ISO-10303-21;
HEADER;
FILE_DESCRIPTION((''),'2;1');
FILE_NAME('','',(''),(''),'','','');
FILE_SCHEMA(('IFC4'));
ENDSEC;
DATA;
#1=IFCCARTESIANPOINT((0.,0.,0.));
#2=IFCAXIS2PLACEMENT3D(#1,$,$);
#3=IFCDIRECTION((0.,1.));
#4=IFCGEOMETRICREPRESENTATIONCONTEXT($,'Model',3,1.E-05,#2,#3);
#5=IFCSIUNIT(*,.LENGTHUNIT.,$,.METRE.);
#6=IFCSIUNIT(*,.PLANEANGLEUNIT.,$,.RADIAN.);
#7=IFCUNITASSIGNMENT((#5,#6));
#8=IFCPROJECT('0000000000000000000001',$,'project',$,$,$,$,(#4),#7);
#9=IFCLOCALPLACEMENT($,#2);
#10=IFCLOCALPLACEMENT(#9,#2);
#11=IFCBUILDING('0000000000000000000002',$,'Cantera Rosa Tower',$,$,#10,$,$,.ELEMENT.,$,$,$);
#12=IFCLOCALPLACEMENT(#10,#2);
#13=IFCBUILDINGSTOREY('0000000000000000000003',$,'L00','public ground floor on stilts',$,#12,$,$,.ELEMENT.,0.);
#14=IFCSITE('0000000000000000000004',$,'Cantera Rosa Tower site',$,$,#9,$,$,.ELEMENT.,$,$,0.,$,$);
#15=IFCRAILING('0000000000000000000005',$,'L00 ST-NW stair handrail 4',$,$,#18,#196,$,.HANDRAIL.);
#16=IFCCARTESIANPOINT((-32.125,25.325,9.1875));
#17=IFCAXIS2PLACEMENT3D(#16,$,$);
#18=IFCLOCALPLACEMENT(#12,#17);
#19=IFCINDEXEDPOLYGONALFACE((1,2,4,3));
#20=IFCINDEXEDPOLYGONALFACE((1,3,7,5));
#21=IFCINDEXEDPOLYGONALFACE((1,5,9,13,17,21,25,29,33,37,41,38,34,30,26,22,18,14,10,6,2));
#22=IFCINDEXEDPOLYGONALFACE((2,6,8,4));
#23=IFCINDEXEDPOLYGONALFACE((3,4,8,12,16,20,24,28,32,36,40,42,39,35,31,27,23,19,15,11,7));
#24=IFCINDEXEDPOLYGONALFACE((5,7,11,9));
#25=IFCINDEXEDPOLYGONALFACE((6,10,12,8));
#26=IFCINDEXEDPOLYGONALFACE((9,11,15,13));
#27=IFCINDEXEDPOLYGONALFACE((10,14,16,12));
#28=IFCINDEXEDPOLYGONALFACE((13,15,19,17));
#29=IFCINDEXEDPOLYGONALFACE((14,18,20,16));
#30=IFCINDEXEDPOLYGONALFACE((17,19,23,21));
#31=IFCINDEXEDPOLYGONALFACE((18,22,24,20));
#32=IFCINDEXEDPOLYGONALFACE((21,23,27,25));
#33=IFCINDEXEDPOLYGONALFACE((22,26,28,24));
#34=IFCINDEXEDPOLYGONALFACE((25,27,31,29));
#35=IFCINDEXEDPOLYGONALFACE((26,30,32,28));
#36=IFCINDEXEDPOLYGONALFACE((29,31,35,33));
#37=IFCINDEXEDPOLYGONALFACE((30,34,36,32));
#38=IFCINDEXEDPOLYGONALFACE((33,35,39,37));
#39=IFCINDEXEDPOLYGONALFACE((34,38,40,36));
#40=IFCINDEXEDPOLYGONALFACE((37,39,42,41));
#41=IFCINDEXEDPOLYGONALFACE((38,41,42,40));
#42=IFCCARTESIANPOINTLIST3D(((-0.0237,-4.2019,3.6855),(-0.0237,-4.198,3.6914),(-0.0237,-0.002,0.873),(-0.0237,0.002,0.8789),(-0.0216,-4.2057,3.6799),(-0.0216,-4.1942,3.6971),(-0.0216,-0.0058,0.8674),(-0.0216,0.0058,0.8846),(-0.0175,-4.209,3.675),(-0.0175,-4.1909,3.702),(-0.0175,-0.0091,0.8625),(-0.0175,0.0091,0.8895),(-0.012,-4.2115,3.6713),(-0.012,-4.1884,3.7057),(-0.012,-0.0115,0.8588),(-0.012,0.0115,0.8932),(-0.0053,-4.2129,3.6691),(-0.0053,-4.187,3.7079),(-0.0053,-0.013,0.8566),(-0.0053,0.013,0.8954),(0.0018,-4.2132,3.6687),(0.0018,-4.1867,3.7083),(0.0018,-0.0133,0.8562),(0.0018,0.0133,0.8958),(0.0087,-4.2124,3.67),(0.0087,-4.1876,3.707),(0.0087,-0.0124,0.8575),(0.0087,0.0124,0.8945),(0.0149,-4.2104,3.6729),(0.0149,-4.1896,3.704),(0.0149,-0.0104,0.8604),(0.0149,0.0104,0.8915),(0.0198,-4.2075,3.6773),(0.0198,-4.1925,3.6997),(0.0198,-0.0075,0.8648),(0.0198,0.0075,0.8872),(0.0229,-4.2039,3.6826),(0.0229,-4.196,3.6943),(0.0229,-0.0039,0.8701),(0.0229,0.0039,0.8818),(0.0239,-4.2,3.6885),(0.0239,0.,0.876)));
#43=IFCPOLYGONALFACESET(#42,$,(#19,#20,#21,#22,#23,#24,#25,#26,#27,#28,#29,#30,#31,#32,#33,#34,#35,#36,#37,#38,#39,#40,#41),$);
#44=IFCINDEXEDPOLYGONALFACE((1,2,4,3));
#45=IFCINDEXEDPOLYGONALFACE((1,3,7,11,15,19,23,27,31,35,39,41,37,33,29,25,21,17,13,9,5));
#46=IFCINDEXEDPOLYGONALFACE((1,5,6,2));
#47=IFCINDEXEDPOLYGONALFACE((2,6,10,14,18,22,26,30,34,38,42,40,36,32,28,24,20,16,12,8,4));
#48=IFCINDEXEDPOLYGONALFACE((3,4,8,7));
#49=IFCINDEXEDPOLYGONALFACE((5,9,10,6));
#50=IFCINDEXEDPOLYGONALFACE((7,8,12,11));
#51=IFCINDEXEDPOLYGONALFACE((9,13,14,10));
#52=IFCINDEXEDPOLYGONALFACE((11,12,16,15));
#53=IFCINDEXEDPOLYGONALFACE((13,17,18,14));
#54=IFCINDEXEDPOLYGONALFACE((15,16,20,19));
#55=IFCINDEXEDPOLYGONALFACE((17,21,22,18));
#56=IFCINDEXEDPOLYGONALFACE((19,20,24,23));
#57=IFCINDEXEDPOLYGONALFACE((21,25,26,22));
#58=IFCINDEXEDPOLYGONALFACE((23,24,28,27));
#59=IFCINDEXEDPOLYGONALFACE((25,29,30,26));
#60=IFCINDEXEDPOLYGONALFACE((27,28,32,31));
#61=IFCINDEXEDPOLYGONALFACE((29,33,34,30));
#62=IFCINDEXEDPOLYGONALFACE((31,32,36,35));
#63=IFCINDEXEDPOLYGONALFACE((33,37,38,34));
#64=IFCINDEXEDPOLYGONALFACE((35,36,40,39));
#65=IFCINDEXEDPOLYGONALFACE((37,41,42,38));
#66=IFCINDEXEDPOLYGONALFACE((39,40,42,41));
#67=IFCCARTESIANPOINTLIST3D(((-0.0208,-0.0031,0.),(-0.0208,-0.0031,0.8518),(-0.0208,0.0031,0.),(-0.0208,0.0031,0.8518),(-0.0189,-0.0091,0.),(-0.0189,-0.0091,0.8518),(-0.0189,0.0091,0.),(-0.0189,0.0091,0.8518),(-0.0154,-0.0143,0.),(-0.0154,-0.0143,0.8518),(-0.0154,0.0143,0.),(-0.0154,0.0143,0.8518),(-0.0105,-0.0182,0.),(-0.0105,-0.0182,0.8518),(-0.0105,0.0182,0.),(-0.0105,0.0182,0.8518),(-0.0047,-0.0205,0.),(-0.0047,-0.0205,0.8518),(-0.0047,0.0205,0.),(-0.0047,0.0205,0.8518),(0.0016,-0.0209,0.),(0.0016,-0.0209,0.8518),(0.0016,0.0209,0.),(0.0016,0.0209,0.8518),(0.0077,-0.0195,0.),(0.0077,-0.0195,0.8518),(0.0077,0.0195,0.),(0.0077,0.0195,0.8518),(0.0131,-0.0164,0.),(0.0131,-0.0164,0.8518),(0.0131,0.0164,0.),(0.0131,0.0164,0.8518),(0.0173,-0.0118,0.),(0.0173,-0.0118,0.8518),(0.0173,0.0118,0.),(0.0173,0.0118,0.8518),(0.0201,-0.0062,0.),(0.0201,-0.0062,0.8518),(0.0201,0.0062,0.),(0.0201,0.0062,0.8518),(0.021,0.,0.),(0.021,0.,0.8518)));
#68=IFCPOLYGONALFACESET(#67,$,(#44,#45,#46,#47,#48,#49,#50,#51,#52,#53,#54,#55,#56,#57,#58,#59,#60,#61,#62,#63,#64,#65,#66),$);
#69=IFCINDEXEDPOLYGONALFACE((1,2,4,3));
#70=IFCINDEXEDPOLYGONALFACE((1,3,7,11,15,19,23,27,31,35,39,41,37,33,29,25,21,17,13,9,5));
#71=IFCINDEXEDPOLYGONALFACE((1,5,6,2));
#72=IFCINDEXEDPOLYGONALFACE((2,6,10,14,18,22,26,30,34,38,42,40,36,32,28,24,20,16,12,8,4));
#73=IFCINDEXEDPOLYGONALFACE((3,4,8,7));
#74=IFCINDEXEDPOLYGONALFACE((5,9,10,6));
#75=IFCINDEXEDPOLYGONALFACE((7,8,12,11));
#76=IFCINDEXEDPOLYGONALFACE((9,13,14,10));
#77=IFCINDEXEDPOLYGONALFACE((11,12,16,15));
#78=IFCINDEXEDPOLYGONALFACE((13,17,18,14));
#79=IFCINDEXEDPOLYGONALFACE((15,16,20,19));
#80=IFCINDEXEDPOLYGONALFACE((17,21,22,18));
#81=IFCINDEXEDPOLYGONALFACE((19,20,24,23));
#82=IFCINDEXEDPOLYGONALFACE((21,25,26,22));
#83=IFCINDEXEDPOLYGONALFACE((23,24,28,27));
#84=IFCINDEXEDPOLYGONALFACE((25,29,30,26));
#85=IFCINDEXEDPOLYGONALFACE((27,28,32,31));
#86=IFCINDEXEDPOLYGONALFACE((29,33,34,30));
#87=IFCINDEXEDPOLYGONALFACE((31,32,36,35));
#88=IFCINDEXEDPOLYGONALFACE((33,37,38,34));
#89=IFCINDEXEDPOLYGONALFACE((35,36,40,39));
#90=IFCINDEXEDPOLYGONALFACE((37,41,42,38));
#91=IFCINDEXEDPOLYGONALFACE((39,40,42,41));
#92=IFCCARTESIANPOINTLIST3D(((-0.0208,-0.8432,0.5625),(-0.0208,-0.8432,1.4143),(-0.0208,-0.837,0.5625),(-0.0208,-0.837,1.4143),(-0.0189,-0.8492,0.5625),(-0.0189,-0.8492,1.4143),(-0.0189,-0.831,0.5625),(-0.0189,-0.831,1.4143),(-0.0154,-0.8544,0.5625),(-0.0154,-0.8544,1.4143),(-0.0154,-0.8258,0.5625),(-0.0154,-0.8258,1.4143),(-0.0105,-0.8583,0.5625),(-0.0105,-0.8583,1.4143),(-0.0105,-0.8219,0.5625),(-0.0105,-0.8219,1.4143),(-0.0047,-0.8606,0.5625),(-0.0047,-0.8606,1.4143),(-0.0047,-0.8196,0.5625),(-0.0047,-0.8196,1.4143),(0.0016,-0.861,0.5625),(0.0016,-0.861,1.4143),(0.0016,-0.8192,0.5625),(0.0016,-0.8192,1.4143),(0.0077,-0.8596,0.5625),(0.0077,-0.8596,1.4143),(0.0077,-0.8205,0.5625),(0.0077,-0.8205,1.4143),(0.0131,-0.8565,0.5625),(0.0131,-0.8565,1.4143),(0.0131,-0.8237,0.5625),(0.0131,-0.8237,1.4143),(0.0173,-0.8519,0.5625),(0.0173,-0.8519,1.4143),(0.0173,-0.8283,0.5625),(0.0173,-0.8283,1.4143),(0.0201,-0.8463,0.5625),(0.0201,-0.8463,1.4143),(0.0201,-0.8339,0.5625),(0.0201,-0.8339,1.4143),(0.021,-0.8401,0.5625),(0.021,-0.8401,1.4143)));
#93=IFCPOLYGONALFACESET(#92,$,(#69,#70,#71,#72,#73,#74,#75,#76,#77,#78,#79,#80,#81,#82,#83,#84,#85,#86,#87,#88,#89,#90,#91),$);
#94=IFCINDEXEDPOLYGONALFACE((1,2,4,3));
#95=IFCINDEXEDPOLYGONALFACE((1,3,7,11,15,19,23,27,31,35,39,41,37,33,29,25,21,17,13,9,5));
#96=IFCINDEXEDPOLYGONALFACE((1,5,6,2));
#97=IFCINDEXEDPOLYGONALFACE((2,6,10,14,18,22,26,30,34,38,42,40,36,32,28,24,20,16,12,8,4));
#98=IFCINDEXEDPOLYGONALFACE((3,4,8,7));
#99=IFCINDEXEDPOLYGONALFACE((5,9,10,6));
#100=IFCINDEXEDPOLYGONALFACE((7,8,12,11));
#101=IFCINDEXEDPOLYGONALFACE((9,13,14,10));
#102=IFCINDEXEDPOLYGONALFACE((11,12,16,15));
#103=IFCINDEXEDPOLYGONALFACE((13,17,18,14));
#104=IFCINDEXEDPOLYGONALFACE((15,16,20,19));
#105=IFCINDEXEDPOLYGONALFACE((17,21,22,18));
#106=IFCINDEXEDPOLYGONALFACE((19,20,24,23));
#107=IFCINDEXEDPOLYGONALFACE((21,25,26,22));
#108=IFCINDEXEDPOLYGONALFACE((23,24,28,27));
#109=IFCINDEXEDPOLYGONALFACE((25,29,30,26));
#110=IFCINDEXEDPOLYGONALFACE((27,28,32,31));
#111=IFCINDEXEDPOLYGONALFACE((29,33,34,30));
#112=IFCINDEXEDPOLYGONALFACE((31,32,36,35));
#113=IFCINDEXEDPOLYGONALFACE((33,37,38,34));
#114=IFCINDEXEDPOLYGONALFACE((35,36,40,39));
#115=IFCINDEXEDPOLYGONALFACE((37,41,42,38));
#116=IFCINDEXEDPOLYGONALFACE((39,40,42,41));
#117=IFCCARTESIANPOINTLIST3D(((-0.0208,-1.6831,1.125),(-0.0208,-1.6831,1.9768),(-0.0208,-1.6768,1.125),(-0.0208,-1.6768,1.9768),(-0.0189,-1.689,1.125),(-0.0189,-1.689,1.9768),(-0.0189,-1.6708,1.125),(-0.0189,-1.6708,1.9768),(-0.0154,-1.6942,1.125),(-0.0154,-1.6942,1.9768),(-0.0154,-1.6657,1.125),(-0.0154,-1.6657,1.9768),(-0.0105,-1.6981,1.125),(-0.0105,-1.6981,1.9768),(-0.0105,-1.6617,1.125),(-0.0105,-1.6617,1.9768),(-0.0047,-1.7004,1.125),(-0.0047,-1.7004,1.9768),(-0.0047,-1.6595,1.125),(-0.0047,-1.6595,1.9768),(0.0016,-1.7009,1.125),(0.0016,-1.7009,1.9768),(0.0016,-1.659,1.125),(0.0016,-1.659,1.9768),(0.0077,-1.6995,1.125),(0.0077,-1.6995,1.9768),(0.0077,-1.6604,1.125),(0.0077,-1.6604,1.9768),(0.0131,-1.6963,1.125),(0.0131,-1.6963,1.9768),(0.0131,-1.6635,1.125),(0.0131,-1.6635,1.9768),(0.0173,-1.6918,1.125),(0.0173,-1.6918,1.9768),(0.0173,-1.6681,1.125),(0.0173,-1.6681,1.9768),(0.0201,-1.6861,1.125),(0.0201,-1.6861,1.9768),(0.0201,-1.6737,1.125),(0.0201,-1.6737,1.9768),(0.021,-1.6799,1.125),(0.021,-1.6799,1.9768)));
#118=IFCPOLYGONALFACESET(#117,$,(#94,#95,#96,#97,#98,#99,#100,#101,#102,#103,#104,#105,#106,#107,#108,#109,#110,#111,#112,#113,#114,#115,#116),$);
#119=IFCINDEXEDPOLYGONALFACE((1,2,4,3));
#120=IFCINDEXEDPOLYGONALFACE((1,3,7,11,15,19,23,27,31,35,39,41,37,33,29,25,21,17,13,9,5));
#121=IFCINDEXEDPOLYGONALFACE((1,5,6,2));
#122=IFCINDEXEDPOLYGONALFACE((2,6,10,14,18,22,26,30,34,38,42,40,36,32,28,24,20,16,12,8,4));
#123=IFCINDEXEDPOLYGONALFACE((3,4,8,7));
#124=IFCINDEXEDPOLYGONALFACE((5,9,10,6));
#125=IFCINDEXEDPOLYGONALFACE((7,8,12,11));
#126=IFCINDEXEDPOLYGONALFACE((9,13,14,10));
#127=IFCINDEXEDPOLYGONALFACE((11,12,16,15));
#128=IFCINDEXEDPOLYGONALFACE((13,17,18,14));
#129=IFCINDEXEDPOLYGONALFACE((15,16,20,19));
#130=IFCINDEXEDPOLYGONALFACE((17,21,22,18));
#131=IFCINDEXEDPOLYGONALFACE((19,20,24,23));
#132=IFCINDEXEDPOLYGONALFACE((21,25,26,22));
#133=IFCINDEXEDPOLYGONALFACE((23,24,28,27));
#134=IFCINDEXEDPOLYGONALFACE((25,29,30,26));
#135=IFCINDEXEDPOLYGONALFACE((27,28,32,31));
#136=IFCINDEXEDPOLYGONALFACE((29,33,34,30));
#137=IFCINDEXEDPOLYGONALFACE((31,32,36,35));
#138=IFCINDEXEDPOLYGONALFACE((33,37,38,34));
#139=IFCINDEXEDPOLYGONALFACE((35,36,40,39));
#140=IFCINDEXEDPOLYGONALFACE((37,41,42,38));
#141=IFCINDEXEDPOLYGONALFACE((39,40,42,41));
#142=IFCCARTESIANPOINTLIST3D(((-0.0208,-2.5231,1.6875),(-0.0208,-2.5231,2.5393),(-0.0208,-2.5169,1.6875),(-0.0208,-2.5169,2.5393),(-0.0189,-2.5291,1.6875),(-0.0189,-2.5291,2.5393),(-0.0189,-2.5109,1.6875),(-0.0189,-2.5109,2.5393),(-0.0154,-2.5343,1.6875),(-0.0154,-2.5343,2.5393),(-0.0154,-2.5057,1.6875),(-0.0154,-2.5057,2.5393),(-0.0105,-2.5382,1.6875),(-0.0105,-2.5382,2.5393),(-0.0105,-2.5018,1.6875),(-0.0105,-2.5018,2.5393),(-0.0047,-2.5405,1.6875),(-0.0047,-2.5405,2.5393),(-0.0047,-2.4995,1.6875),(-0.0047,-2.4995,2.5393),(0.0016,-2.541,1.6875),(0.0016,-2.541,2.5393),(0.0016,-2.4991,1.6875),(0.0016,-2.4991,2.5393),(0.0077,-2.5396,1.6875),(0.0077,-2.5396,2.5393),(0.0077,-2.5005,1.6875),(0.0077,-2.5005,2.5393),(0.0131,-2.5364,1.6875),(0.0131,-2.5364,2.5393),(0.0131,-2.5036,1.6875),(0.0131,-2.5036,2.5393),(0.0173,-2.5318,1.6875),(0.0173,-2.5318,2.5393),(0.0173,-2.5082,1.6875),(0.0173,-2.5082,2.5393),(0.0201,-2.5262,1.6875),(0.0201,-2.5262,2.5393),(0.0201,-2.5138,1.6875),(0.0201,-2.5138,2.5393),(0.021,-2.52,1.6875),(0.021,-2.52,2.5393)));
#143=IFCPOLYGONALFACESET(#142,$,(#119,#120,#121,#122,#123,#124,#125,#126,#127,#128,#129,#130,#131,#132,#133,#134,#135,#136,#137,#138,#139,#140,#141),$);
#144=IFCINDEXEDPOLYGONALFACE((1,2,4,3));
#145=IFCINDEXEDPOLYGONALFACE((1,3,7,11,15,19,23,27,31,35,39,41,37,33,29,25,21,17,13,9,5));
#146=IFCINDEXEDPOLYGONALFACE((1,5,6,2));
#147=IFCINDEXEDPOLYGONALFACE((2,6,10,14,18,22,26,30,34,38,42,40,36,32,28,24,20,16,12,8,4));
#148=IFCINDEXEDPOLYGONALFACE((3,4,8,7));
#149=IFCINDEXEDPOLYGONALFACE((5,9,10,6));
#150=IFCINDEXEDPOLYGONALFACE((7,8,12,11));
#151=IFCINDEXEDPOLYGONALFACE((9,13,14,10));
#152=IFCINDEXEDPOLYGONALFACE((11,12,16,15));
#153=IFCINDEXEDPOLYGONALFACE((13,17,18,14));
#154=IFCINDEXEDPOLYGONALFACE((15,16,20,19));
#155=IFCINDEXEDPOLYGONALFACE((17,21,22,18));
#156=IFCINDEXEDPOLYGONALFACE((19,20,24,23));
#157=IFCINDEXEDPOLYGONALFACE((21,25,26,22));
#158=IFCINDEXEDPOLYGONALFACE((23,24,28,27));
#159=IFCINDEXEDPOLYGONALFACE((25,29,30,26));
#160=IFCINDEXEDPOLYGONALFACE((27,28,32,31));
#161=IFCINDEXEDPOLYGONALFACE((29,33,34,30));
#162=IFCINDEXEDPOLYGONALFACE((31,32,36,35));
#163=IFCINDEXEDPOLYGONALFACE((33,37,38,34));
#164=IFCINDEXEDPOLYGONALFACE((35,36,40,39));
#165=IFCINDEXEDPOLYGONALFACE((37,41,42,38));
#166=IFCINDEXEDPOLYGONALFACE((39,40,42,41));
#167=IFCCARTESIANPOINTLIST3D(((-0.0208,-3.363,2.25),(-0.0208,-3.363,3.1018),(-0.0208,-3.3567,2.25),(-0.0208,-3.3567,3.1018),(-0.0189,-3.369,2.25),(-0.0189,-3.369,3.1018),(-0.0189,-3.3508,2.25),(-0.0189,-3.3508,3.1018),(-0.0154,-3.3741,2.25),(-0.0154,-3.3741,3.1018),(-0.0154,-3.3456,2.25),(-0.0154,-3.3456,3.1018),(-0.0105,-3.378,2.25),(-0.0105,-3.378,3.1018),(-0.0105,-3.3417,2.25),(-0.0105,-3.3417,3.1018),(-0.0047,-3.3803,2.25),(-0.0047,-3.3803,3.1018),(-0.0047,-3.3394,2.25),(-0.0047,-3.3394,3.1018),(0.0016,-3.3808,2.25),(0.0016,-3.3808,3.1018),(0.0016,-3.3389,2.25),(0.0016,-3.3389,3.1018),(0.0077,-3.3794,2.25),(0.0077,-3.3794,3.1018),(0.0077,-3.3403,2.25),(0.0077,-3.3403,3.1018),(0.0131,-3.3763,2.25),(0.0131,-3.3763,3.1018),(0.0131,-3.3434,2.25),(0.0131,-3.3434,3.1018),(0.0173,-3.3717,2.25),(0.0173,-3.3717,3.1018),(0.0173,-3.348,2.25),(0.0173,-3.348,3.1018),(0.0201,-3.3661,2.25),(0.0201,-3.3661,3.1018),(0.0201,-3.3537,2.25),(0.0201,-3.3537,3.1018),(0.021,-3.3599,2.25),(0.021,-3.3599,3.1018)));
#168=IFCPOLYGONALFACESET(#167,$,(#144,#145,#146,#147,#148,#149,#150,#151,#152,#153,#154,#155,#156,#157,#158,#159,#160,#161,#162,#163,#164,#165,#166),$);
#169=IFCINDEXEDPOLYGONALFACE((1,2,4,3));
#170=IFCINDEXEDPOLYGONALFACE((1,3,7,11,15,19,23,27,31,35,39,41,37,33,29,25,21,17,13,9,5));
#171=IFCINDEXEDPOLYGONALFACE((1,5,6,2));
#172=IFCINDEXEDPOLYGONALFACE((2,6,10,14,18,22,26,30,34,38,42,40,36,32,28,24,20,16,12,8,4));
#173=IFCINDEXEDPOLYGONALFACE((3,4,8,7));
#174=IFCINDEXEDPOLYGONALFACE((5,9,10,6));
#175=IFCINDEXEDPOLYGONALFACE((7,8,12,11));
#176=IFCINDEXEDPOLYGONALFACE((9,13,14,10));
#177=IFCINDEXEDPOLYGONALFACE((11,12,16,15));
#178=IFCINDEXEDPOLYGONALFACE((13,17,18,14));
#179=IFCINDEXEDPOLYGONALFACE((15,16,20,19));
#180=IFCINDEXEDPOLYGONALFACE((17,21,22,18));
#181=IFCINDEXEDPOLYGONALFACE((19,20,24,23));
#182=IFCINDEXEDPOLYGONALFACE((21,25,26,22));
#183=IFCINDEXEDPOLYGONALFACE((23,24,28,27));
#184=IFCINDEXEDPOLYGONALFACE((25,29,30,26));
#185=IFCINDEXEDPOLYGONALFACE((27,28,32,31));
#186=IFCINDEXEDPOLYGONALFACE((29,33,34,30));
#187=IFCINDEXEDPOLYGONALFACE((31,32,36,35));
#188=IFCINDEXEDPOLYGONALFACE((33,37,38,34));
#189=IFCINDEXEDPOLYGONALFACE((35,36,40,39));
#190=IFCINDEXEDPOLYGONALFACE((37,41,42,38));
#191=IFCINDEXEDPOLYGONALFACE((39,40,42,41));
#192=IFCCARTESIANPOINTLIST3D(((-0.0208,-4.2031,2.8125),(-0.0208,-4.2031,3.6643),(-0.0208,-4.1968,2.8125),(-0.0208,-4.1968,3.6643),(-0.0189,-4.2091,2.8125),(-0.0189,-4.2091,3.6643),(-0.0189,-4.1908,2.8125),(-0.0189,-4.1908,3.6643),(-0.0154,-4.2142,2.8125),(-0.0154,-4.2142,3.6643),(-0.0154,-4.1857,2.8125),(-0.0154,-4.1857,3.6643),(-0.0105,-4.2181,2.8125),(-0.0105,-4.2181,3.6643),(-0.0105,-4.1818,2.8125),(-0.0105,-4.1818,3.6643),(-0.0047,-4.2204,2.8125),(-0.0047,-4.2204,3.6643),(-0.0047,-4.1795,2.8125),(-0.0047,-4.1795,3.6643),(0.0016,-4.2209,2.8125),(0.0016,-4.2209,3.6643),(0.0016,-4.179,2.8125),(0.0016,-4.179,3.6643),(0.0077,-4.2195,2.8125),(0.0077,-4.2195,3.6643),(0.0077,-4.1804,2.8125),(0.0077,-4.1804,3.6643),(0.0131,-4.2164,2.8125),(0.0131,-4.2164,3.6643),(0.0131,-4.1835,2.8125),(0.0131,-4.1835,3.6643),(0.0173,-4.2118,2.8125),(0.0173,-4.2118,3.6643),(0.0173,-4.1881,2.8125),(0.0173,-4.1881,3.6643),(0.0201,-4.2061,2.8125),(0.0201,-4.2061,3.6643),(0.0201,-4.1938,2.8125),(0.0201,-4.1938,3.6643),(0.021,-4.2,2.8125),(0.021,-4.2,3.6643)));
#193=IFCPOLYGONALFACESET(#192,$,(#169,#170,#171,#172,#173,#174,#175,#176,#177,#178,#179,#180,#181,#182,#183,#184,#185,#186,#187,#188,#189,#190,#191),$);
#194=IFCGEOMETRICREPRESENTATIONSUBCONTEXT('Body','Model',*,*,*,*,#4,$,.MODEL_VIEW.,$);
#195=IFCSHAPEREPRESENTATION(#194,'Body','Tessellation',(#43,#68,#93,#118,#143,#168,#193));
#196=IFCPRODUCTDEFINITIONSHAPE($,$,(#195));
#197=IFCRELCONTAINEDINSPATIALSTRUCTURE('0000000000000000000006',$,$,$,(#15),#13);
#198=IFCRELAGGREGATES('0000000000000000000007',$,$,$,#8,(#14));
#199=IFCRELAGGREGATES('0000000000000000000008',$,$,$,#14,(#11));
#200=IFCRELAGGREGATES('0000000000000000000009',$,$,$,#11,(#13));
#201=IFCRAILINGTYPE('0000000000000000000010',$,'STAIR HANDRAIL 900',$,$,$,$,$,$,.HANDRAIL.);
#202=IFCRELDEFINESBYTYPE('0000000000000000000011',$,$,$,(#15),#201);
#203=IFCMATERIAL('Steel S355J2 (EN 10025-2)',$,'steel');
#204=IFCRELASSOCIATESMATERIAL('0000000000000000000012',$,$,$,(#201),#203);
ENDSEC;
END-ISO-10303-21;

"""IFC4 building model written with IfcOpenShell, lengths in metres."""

from ifc_helpers import new_model, si_unit, direction, frame, origin, origin_2d, place, context, subcontext, project, spatial, circle, extrude, material, type_object, element, save


model = new_model("IFC4")

# Units and contexts
model_context = context("Model", 3, precision=1e-05, world=origin(), true_north=direction((0.0, 1.0)))
body_context = subcontext(model_context, "Body", "Model", "MODEL_VIEW")
ifc_project = project(units=[si_unit("LENGTHUNIT", "METRE"), si_unit("PLANEANGLEUNIT", "RADIAN")], contexts=[model_context])

# Site, building, storey
site_placement = place(None, origin())
site = spatial("IfcSite", under=ifc_project, at=site_placement, Name="Cantera Rosa Tower site", CompositionType="ELEMENT", RefElevation=0.0)
building_placement = place(site_placement, origin())
building = spatial("IfcBuilding", under=site, at=building_placement, Name="Cantera Rosa Tower", CompositionType="ELEMENT")
storey_placement = place(building_placement, origin())
storey = spatial("IfcBuildingStorey", under=building, at=storey_placement, Name="L00", Description="public ground floor on stilts", CompositionType="ELEMENT", Elevation=0.0)

# Railing
ifc_material_1 = material(Name="Steel S355J2 (EN 10025-2)", Category="steel")
railing_type_1 = type_object("IfcRailingType", Name="STAIR HANDRAIL 900", PredefinedType="HANDRAIL", material=ifc_material_1)
for number, where, name in (
    (1, (-32.125, 25.325, 9.1875), "L00 ST-NW stair handrail 4"),
):
    element("IfcRailing", number, at=place(storey_placement, frame(where)), inside=storey, type_object=railing_type_1, Name=name, PredefinedType="HANDRAIL", context=body_context, shape_type="SweptSolid", body=[
        extrude(circle(Radius=0.0239, at=origin_2d()), frame((0.0, 0.0, 0.876), z_axis=(0.0, -0.830904, 0.556416), x_axis=(1.0, 0.0, 0.0)), (0.0, 0.0, 1.0), 5.0547),
        extrude(circle(Radius=0.021, at=origin_2d()), origin(), (0.0, 0.0, 1.0), 0.8518),
        extrude(circle(Radius=0.021, at=origin_2d()), frame((0.0, -0.8401, 0.5625)), (0.0, 0.0, 1.0), 0.8518),
        extrude(circle(Radius=0.021, at=origin_2d()), frame((0.0, -1.6799, 1.125)), (0.0, 0.0, 1.0), 0.8518),
        extrude(circle(Radius=0.021, at=origin_2d()), frame((0.0, -2.52, 1.6875)), (0.0, 0.0, 1.0), 0.8518),
        extrude(circle(Radius=0.021, at=origin_2d()), frame((0.0, -3.3599, 2.25)), (0.0, 0.0, 1.0), 0.8518),
        extrude(circle(Radius=0.021, at=origin_2d()), frame((0.0, -4.2, 2.8125)), (0.0, 0.0, 1.0), 0.8518),
    ])

save(model, "model.ifc")
